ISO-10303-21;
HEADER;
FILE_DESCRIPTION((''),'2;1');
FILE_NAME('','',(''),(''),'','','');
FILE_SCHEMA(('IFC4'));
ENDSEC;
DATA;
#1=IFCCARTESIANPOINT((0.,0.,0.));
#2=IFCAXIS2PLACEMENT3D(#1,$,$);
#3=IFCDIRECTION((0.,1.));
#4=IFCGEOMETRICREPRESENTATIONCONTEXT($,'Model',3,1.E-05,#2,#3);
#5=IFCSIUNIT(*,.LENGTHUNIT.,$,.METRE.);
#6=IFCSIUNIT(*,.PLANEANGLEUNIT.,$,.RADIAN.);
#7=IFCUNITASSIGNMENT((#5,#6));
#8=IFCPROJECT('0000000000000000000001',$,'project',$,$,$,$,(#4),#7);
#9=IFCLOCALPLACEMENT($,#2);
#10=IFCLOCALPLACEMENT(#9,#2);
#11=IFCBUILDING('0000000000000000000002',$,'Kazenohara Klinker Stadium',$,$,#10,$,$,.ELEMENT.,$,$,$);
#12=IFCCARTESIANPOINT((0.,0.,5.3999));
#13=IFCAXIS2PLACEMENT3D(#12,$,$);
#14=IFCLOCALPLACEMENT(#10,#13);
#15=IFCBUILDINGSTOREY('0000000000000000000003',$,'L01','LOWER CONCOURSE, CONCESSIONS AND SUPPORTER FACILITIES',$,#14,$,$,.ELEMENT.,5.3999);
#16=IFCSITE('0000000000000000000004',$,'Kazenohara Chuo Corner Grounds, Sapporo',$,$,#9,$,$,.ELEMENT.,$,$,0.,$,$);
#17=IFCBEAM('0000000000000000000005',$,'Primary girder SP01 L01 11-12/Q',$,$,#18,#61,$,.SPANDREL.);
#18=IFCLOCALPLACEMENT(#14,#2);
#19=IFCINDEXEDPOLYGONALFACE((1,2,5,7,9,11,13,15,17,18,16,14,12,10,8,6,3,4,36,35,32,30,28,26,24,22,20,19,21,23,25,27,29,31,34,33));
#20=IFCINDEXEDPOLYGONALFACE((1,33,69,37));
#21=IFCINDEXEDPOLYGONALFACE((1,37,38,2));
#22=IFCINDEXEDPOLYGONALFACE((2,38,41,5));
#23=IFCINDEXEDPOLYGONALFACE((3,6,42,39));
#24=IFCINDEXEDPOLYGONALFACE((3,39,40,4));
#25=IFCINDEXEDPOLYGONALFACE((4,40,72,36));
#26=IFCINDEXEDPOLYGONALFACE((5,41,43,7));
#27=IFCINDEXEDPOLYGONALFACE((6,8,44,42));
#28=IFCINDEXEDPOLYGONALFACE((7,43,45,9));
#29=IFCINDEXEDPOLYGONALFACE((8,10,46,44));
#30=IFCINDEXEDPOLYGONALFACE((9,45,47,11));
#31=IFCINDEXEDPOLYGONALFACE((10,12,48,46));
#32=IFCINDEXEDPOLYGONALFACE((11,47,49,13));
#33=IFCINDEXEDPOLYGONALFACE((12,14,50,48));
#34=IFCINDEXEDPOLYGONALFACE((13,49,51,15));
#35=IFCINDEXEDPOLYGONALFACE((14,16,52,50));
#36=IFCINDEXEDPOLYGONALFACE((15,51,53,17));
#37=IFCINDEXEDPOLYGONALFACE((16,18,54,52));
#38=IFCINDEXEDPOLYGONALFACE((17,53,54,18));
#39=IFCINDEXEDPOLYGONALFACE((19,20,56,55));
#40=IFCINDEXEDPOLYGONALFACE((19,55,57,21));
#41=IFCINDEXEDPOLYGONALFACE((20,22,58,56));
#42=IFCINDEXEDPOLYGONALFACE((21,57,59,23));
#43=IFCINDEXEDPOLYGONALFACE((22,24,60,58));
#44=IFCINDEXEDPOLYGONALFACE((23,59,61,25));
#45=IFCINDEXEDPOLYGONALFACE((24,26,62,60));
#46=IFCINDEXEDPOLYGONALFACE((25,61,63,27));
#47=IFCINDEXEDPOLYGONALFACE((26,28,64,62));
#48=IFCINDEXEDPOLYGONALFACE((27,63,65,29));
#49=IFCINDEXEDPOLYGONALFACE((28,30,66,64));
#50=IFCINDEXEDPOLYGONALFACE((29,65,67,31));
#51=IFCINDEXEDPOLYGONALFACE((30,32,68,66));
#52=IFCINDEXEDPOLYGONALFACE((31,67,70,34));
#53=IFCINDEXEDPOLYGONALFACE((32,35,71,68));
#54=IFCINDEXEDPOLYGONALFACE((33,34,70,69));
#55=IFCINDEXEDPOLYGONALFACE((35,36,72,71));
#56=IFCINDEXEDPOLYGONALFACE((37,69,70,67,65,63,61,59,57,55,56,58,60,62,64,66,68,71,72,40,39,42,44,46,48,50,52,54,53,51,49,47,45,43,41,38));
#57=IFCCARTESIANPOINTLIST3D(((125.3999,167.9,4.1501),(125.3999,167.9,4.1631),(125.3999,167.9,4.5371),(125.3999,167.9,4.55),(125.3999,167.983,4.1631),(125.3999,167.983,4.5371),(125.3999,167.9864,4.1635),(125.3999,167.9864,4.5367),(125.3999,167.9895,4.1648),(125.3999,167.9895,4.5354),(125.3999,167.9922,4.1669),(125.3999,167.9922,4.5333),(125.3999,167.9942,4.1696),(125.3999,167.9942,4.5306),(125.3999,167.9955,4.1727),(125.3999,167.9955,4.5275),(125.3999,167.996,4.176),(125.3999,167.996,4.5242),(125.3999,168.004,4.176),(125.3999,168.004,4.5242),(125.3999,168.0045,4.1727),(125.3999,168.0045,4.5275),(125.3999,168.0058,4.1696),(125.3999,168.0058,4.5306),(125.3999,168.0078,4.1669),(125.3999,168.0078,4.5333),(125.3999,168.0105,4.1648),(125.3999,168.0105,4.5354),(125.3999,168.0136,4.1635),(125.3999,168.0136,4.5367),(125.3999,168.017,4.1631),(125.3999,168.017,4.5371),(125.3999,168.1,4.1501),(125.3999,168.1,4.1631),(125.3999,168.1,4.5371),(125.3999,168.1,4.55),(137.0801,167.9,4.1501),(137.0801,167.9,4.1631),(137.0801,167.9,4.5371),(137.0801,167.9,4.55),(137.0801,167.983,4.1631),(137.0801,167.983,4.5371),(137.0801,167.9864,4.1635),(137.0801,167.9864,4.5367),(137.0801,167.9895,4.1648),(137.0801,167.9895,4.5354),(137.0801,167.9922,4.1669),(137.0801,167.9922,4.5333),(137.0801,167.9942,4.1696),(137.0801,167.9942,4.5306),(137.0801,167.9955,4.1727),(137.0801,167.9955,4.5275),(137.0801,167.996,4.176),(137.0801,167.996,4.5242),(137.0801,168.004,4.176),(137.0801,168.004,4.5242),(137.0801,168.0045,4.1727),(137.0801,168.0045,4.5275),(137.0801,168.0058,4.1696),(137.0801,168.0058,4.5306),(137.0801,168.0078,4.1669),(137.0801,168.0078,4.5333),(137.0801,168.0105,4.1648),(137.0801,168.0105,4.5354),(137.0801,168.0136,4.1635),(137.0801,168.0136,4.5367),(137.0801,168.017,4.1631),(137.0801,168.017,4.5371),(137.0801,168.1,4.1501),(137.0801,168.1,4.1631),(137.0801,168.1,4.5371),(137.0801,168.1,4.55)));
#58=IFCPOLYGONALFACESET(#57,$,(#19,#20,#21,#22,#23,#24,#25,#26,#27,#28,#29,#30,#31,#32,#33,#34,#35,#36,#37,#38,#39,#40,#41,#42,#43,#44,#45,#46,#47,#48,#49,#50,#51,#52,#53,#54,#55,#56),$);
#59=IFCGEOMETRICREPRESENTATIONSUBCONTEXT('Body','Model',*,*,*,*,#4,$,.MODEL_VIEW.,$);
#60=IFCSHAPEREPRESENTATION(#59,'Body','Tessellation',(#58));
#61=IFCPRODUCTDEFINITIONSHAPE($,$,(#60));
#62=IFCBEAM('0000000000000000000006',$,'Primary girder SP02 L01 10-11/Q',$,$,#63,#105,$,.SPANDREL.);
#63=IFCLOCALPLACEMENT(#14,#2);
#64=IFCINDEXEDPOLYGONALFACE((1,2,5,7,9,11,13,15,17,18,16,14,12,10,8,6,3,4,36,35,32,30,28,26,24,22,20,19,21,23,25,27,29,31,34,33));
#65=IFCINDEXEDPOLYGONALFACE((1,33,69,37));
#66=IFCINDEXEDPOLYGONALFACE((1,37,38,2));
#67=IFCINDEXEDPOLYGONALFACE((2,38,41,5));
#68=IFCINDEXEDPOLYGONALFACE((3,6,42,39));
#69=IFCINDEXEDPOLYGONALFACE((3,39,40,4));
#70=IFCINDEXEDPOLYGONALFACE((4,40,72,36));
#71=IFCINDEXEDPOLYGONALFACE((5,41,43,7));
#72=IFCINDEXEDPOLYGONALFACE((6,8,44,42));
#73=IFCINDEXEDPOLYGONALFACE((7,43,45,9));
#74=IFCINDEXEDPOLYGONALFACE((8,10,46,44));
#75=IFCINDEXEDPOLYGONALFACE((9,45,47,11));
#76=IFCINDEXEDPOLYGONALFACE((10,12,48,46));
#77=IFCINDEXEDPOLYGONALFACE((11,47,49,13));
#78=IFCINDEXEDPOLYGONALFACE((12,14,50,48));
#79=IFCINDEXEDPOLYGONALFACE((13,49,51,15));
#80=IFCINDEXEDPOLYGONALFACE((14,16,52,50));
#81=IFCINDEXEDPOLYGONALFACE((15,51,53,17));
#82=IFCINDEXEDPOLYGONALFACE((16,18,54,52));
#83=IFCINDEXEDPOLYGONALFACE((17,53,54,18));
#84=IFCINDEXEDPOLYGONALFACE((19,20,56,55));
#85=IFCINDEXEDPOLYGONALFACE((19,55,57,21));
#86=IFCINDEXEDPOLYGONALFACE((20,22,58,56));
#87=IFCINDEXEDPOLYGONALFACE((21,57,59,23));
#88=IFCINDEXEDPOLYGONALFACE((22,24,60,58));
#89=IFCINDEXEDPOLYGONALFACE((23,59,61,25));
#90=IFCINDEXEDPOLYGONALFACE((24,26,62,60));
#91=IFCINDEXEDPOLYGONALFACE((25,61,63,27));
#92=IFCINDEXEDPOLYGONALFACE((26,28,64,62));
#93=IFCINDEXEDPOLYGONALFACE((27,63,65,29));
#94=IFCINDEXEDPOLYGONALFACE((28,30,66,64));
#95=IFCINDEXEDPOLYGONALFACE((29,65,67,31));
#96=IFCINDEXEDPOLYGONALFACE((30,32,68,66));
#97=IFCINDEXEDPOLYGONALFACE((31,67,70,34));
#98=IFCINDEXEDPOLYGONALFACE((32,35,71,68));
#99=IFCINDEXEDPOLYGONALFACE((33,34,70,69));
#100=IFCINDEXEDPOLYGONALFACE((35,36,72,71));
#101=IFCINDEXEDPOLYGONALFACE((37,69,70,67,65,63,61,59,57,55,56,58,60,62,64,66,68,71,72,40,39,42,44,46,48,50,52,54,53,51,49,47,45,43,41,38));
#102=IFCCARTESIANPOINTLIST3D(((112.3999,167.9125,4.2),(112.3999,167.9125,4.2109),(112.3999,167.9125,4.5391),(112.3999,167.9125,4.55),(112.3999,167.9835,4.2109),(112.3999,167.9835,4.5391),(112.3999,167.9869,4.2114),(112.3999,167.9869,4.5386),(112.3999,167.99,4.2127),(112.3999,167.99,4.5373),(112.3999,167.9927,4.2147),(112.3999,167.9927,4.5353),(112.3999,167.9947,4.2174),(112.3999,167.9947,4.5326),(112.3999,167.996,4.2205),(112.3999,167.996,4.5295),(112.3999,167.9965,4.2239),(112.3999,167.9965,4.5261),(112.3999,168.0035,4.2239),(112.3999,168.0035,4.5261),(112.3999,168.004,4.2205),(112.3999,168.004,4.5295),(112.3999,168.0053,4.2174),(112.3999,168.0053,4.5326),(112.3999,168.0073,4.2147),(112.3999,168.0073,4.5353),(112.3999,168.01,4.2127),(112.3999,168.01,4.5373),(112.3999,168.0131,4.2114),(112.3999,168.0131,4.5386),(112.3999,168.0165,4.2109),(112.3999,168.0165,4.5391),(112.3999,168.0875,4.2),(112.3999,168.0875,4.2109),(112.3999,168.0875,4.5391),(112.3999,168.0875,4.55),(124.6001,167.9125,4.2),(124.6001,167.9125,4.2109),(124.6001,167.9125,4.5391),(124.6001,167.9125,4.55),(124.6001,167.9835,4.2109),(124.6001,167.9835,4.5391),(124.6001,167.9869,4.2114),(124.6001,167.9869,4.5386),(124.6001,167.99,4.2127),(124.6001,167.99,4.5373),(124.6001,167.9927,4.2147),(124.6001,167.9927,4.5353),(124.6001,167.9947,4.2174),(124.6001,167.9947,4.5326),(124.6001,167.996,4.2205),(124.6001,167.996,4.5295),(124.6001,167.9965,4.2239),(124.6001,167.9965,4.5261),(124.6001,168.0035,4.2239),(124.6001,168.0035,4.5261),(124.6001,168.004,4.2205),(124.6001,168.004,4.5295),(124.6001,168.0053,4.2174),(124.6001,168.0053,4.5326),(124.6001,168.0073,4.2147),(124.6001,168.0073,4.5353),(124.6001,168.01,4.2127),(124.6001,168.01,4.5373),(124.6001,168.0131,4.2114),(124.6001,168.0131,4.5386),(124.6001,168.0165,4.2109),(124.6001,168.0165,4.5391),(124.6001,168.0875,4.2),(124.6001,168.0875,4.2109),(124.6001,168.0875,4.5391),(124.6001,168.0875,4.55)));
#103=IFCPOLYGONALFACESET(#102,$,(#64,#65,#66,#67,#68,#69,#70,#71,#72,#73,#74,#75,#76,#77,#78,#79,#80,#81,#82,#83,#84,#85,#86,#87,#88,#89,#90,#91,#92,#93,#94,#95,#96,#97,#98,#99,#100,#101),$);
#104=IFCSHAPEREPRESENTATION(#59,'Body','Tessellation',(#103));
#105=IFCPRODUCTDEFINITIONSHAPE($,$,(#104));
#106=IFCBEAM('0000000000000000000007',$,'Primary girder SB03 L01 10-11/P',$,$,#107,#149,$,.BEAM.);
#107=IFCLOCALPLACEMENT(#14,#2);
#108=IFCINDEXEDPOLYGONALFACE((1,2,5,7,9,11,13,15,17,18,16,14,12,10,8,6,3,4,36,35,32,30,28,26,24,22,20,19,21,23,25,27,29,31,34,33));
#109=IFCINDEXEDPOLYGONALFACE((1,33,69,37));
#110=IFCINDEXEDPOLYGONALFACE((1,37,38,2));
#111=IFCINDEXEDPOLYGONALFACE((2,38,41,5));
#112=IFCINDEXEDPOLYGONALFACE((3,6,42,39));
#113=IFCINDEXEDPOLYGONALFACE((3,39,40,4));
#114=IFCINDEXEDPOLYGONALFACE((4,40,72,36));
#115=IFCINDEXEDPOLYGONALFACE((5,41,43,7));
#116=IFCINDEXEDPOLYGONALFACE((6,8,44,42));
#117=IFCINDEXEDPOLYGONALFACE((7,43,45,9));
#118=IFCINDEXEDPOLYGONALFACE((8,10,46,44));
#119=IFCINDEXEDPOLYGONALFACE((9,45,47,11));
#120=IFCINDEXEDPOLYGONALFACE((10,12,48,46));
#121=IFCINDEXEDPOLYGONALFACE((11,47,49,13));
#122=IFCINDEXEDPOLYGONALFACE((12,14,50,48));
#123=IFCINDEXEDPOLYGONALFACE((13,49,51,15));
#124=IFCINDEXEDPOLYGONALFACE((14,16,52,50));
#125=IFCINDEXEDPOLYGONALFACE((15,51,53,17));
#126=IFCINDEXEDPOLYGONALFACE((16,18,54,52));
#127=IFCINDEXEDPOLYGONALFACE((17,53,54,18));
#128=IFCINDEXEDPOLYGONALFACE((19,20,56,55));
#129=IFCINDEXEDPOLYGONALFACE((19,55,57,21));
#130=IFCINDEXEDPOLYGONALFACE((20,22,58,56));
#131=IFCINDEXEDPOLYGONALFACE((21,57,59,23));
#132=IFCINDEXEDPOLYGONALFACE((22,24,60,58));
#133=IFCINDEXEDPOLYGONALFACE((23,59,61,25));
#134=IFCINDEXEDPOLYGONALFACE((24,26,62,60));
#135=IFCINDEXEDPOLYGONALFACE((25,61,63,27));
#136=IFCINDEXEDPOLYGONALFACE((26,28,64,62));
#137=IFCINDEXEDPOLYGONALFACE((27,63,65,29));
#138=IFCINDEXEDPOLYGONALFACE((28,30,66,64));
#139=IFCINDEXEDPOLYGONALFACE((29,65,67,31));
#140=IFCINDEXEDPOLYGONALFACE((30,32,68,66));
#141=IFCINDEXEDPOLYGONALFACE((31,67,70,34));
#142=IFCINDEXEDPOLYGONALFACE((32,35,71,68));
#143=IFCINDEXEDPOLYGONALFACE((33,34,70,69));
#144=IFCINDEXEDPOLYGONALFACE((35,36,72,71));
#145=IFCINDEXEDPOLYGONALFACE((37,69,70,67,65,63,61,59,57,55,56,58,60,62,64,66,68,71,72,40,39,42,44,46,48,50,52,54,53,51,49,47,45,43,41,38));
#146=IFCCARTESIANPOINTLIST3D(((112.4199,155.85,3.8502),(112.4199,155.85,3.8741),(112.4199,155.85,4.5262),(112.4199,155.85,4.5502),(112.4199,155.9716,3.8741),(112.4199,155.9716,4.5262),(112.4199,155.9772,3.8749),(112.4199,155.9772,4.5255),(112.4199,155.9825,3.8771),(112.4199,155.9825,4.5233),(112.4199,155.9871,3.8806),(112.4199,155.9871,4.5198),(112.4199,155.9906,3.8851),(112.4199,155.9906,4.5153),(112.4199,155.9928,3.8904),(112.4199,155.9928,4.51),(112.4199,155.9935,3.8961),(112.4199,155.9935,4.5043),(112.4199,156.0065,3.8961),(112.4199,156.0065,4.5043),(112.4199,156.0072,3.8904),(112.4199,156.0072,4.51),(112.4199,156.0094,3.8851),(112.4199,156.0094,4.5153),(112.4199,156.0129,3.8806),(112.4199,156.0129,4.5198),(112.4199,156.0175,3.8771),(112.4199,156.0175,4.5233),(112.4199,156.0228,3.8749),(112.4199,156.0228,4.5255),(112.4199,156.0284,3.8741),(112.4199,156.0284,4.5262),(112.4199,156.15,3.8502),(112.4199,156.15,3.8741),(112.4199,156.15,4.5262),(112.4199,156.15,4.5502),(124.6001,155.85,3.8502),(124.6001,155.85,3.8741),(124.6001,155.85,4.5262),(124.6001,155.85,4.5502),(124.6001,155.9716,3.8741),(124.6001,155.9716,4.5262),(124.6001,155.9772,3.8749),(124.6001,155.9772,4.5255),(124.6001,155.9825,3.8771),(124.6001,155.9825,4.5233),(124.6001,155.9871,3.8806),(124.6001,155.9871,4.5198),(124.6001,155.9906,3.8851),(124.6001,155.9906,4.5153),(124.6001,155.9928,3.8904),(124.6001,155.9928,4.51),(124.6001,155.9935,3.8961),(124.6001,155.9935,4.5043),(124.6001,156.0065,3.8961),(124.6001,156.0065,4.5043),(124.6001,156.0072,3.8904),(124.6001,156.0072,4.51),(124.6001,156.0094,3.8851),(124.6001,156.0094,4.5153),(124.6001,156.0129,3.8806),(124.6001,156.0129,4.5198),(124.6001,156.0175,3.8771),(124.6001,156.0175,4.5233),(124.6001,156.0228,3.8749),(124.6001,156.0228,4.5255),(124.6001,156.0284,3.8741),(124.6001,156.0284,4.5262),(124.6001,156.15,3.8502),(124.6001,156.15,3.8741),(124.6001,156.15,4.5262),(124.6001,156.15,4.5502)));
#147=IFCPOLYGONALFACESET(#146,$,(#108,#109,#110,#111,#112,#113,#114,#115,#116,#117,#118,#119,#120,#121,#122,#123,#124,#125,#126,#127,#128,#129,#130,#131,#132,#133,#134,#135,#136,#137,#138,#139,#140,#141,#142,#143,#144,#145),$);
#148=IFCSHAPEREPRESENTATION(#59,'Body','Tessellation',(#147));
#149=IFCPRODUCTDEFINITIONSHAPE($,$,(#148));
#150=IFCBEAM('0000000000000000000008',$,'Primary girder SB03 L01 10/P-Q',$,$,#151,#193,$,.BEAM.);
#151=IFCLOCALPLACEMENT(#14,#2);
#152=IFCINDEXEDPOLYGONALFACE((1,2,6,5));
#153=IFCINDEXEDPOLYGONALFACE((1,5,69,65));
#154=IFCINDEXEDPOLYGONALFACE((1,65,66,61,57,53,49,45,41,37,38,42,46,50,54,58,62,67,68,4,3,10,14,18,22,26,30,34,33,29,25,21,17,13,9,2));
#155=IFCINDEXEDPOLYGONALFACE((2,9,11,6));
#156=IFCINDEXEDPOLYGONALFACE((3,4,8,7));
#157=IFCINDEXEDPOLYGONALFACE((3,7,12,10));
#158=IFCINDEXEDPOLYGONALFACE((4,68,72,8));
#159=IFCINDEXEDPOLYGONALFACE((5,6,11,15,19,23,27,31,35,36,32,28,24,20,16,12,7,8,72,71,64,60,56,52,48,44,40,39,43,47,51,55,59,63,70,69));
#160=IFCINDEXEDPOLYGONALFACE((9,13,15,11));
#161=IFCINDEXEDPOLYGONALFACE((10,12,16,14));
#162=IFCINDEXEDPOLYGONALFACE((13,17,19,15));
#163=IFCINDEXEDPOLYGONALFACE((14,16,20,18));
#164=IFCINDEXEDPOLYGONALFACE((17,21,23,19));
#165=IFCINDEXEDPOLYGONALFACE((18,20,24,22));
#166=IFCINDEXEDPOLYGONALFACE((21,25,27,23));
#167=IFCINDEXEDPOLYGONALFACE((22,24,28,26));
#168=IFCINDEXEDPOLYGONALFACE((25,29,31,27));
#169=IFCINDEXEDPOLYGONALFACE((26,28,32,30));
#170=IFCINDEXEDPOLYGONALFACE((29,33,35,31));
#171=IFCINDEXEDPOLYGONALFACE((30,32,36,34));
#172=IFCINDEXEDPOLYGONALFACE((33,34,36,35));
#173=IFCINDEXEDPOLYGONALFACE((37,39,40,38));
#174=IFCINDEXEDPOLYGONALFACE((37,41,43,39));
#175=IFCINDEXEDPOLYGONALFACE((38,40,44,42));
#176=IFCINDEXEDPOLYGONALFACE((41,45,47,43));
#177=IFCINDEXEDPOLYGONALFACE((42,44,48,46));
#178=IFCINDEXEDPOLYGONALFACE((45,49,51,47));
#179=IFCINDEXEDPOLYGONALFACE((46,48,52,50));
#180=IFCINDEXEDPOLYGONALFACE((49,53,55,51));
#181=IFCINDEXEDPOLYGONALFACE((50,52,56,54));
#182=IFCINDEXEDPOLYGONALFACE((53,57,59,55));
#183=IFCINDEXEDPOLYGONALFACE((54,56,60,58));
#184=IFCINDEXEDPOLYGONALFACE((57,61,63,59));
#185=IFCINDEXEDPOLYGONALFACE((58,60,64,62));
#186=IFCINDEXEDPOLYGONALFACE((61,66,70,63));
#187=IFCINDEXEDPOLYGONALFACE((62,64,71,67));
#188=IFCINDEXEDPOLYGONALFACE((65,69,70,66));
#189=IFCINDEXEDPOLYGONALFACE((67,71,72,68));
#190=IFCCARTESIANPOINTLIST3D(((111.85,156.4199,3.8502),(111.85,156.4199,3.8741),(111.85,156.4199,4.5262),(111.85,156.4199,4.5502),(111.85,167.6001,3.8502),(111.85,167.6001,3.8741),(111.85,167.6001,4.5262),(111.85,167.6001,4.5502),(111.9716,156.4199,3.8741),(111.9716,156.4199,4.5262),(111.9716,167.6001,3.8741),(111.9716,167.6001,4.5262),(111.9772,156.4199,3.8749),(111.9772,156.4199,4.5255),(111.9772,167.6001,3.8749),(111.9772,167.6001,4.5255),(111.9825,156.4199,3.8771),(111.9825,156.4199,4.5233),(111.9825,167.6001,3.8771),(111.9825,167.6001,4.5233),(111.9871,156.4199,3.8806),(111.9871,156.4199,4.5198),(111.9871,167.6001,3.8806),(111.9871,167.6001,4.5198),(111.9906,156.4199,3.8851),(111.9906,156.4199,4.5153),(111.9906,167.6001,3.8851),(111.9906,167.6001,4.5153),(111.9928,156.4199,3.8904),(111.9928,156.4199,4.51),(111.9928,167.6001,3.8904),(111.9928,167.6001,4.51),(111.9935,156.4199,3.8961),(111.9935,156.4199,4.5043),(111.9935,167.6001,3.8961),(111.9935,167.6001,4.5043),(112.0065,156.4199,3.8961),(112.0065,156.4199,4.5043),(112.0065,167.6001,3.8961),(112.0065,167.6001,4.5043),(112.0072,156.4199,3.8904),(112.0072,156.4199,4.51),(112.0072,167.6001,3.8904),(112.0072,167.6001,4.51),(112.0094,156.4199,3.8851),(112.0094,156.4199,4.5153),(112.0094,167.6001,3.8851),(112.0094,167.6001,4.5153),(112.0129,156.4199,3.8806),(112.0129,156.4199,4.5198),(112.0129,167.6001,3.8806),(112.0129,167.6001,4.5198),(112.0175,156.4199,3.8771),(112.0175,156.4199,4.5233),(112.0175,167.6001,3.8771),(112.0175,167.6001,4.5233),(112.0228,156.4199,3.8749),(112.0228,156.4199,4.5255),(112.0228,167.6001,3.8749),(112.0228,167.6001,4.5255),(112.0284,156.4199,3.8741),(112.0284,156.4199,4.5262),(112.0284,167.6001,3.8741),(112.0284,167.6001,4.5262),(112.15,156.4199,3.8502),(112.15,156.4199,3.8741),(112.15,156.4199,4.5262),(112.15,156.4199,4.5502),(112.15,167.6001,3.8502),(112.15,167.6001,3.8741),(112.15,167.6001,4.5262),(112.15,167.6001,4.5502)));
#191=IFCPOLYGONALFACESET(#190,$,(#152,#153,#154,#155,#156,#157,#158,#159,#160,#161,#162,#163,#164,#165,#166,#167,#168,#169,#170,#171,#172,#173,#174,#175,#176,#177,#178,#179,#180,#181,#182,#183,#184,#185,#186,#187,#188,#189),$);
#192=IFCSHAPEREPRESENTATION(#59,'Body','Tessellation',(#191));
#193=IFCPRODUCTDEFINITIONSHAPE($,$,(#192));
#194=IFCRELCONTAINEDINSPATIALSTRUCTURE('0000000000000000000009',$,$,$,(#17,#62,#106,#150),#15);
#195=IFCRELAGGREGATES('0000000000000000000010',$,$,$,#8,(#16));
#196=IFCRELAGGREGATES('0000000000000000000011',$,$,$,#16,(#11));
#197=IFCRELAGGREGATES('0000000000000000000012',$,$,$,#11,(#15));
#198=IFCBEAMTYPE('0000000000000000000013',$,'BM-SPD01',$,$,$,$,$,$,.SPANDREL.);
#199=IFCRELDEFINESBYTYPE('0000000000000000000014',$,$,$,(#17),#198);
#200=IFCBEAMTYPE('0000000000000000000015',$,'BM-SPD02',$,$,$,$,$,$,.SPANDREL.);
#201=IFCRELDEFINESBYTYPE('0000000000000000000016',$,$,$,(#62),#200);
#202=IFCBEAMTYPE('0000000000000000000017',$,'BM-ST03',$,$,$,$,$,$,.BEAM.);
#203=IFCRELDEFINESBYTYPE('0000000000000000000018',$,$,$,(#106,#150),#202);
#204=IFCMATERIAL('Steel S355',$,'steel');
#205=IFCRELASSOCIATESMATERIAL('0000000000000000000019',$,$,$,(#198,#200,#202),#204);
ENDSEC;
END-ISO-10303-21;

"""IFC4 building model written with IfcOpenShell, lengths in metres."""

from ifc_helpers import new_model, si_unit, direction, frame, origin, origin_2d, place, context, subcontext, project, spatial, i_section, extrude, material, material_profile, profile_set, type_object, element, save


model = new_model("IFC4")

# Units and contexts
model_context = context("Model", 3, precision=1e-05, world=origin(), true_north=direction((0.0, 1.0)))
body_context = subcontext(model_context, "Body", "Model", "MODEL_VIEW")
ifc_project = project(units=[si_unit("LENGTHUNIT", "METRE"), si_unit("PLANEANGLEUNIT", "RADIAN")], contexts=[model_context])

# Site, building, storey
site_placement = place(None, origin())
site = spatial("IfcSite", under=ifc_project, at=site_placement, Name="Kazenohara Chuo Corner Grounds, Sapporo", CompositionType="ELEMENT", RefElevation=0.0)
building_placement = place(site_placement, origin())
building = spatial("IfcBuilding", under=site, at=building_placement, Name="Kazenohara Klinker Stadium", CompositionType="ELEMENT")
storey_placement = place(building_placement, frame((0.0, 0.0, 5.3999)))
storey = spatial("IfcBuildingStorey", under=building, at=storey_placement, Name="L01", Description="LOWER CONCOURSE, CONCESSIONS AND SUPPORTER FACILITIES", CompositionType="ELEMENT", Elevation=5.3999)

# Beams
ifc_material_1 = material(Name="Steel S355", Category="steel")
ifc_material_profile_1 = material_profile(ifc_material_1, i_section(OverallWidth=0.2, OverallDepth=0.3999, WebThickness=0.0081, FlangeThickness=0.0129, FilletRadius=0.0129, at=origin_2d()), Name="H-400x200x8x13")
ifc_profile_set_1 = profile_set([ifc_material_profile_1], Name="Steel S355")
beam_type_1 = type_object("IfcBeamType", Name="BM-SPD01", PredefinedType="SPANDREL", material=ifc_profile_set_1)
beam_1_placement = place(storey_placement, frame((125.3999, 168.0, 4.3501), z_axis=(1.0, 0.0, 0.0), x_axis=(0.0, 1.0, 0.0)))
element("IfcBeam", 1, at=beam_1_placement, inside=storey, type_object=beam_type_1, Name="Primary girder SP01 L01 11-12/Q", PredefinedType="SPANDREL", context=body_context, shape_type="SweptSolid", body=[
    extrude(i_section(OverallWidth=0.2, OverallDepth=0.3999, WebThickness=0.0081, FlangeThickness=0.0129, FilletRadius=0.0129, at=origin_2d()), origin(), (0.0, 0.0, 1.0), 11.6802),
])
ifc_material_profile_2 = material_profile(ifc_material_1, i_section(OverallWidth=0.175, OverallDepth=0.3501, WebThickness=0.0071, FlangeThickness=0.011, FilletRadius=0.0129, at=origin_2d()), Name="H-350x175x7x11")
ifc_profile_set_2 = profile_set([ifc_material_profile_2], Name="Steel S355")
beam_type_2 = type_object("IfcBeamType", Name="BM-SPD02", PredefinedType="SPANDREL", material=ifc_profile_set_2)
beam_2_placement = place(storey_placement, frame((112.3999, 168.0, 4.375), z_axis=(1.0, 0.0, 0.0), x_axis=(0.0, 1.0, 0.0)))
element("IfcBeam", 2, at=beam_2_placement, inside=storey, type_object=beam_type_2, Name="Primary girder SP02 L01 10-11/Q", PredefinedType="SPANDREL", context=body_context, shape_type="SweptSolid", body=[
    extrude(i_section(OverallWidth=0.175, OverallDepth=0.3501, WebThickness=0.0071, FlangeThickness=0.011, FilletRadius=0.0129, at=origin_2d()), origin(), (0.0, 0.0, 1.0), 12.2002),
])
ifc_material_profile_3 = material_profile(ifc_material_1, i_section(OverallWidth=0.3, OverallDepth=0.7, WebThickness=0.0129, FlangeThickness=0.0239, FilletRadius=0.022, at=origin_2d()), Name="H-700x300x13x24")
ifc_profile_set_3 = profile_set([ifc_material_profile_3], Name="Steel S355")
beam_type_3 = type_object("IfcBeamType", Name="BM-ST03", PredefinedType="BEAM", material=ifc_profile_set_3)
beam_3_placement = place(storey_placement, frame((112.4199, 156.0, 4.2002), z_axis=(1.0, 0.0, 0.0), x_axis=(0.0, 1.0, 0.0)))
element("IfcBeam", 3, at=beam_3_placement, inside=storey, type_object=beam_type_3, Name="Primary girder SB03 L01 10-11/P", PredefinedType="BEAM", context=body_context, shape_type="SweptSolid", body=[
    extrude(i_section(OverallWidth=0.3, OverallDepth=0.7, WebThickness=0.0129, FlangeThickness=0.0239, FilletRadius=0.022, at=origin_2d()), origin(), (0.0, 0.0, 1.0), 12.1802),
])
beam_4_placement = place(storey_placement, frame((112.0, 156.4199, 4.2002), z_axis=(0.0, 1.0, 0.0), x_axis=(-1.0, 0.0, 0.0)))
element("IfcBeam", 4, at=beam_4_placement, inside=storey, type_object=beam_type_3, Name="Primary girder SB03 L01 10/P-Q", PredefinedType="BEAM", context=body_context, shape_type="SweptSolid", body=[
    extrude(i_section(OverallWidth=0.3, OverallDepth=0.7, WebThickness=0.0129, FlangeThickness=0.0239, FilletRadius=0.022, at=origin_2d()), origin(), (0.0, 0.0, 1.0), 11.1802),
])

save(model, "model.ifc")
